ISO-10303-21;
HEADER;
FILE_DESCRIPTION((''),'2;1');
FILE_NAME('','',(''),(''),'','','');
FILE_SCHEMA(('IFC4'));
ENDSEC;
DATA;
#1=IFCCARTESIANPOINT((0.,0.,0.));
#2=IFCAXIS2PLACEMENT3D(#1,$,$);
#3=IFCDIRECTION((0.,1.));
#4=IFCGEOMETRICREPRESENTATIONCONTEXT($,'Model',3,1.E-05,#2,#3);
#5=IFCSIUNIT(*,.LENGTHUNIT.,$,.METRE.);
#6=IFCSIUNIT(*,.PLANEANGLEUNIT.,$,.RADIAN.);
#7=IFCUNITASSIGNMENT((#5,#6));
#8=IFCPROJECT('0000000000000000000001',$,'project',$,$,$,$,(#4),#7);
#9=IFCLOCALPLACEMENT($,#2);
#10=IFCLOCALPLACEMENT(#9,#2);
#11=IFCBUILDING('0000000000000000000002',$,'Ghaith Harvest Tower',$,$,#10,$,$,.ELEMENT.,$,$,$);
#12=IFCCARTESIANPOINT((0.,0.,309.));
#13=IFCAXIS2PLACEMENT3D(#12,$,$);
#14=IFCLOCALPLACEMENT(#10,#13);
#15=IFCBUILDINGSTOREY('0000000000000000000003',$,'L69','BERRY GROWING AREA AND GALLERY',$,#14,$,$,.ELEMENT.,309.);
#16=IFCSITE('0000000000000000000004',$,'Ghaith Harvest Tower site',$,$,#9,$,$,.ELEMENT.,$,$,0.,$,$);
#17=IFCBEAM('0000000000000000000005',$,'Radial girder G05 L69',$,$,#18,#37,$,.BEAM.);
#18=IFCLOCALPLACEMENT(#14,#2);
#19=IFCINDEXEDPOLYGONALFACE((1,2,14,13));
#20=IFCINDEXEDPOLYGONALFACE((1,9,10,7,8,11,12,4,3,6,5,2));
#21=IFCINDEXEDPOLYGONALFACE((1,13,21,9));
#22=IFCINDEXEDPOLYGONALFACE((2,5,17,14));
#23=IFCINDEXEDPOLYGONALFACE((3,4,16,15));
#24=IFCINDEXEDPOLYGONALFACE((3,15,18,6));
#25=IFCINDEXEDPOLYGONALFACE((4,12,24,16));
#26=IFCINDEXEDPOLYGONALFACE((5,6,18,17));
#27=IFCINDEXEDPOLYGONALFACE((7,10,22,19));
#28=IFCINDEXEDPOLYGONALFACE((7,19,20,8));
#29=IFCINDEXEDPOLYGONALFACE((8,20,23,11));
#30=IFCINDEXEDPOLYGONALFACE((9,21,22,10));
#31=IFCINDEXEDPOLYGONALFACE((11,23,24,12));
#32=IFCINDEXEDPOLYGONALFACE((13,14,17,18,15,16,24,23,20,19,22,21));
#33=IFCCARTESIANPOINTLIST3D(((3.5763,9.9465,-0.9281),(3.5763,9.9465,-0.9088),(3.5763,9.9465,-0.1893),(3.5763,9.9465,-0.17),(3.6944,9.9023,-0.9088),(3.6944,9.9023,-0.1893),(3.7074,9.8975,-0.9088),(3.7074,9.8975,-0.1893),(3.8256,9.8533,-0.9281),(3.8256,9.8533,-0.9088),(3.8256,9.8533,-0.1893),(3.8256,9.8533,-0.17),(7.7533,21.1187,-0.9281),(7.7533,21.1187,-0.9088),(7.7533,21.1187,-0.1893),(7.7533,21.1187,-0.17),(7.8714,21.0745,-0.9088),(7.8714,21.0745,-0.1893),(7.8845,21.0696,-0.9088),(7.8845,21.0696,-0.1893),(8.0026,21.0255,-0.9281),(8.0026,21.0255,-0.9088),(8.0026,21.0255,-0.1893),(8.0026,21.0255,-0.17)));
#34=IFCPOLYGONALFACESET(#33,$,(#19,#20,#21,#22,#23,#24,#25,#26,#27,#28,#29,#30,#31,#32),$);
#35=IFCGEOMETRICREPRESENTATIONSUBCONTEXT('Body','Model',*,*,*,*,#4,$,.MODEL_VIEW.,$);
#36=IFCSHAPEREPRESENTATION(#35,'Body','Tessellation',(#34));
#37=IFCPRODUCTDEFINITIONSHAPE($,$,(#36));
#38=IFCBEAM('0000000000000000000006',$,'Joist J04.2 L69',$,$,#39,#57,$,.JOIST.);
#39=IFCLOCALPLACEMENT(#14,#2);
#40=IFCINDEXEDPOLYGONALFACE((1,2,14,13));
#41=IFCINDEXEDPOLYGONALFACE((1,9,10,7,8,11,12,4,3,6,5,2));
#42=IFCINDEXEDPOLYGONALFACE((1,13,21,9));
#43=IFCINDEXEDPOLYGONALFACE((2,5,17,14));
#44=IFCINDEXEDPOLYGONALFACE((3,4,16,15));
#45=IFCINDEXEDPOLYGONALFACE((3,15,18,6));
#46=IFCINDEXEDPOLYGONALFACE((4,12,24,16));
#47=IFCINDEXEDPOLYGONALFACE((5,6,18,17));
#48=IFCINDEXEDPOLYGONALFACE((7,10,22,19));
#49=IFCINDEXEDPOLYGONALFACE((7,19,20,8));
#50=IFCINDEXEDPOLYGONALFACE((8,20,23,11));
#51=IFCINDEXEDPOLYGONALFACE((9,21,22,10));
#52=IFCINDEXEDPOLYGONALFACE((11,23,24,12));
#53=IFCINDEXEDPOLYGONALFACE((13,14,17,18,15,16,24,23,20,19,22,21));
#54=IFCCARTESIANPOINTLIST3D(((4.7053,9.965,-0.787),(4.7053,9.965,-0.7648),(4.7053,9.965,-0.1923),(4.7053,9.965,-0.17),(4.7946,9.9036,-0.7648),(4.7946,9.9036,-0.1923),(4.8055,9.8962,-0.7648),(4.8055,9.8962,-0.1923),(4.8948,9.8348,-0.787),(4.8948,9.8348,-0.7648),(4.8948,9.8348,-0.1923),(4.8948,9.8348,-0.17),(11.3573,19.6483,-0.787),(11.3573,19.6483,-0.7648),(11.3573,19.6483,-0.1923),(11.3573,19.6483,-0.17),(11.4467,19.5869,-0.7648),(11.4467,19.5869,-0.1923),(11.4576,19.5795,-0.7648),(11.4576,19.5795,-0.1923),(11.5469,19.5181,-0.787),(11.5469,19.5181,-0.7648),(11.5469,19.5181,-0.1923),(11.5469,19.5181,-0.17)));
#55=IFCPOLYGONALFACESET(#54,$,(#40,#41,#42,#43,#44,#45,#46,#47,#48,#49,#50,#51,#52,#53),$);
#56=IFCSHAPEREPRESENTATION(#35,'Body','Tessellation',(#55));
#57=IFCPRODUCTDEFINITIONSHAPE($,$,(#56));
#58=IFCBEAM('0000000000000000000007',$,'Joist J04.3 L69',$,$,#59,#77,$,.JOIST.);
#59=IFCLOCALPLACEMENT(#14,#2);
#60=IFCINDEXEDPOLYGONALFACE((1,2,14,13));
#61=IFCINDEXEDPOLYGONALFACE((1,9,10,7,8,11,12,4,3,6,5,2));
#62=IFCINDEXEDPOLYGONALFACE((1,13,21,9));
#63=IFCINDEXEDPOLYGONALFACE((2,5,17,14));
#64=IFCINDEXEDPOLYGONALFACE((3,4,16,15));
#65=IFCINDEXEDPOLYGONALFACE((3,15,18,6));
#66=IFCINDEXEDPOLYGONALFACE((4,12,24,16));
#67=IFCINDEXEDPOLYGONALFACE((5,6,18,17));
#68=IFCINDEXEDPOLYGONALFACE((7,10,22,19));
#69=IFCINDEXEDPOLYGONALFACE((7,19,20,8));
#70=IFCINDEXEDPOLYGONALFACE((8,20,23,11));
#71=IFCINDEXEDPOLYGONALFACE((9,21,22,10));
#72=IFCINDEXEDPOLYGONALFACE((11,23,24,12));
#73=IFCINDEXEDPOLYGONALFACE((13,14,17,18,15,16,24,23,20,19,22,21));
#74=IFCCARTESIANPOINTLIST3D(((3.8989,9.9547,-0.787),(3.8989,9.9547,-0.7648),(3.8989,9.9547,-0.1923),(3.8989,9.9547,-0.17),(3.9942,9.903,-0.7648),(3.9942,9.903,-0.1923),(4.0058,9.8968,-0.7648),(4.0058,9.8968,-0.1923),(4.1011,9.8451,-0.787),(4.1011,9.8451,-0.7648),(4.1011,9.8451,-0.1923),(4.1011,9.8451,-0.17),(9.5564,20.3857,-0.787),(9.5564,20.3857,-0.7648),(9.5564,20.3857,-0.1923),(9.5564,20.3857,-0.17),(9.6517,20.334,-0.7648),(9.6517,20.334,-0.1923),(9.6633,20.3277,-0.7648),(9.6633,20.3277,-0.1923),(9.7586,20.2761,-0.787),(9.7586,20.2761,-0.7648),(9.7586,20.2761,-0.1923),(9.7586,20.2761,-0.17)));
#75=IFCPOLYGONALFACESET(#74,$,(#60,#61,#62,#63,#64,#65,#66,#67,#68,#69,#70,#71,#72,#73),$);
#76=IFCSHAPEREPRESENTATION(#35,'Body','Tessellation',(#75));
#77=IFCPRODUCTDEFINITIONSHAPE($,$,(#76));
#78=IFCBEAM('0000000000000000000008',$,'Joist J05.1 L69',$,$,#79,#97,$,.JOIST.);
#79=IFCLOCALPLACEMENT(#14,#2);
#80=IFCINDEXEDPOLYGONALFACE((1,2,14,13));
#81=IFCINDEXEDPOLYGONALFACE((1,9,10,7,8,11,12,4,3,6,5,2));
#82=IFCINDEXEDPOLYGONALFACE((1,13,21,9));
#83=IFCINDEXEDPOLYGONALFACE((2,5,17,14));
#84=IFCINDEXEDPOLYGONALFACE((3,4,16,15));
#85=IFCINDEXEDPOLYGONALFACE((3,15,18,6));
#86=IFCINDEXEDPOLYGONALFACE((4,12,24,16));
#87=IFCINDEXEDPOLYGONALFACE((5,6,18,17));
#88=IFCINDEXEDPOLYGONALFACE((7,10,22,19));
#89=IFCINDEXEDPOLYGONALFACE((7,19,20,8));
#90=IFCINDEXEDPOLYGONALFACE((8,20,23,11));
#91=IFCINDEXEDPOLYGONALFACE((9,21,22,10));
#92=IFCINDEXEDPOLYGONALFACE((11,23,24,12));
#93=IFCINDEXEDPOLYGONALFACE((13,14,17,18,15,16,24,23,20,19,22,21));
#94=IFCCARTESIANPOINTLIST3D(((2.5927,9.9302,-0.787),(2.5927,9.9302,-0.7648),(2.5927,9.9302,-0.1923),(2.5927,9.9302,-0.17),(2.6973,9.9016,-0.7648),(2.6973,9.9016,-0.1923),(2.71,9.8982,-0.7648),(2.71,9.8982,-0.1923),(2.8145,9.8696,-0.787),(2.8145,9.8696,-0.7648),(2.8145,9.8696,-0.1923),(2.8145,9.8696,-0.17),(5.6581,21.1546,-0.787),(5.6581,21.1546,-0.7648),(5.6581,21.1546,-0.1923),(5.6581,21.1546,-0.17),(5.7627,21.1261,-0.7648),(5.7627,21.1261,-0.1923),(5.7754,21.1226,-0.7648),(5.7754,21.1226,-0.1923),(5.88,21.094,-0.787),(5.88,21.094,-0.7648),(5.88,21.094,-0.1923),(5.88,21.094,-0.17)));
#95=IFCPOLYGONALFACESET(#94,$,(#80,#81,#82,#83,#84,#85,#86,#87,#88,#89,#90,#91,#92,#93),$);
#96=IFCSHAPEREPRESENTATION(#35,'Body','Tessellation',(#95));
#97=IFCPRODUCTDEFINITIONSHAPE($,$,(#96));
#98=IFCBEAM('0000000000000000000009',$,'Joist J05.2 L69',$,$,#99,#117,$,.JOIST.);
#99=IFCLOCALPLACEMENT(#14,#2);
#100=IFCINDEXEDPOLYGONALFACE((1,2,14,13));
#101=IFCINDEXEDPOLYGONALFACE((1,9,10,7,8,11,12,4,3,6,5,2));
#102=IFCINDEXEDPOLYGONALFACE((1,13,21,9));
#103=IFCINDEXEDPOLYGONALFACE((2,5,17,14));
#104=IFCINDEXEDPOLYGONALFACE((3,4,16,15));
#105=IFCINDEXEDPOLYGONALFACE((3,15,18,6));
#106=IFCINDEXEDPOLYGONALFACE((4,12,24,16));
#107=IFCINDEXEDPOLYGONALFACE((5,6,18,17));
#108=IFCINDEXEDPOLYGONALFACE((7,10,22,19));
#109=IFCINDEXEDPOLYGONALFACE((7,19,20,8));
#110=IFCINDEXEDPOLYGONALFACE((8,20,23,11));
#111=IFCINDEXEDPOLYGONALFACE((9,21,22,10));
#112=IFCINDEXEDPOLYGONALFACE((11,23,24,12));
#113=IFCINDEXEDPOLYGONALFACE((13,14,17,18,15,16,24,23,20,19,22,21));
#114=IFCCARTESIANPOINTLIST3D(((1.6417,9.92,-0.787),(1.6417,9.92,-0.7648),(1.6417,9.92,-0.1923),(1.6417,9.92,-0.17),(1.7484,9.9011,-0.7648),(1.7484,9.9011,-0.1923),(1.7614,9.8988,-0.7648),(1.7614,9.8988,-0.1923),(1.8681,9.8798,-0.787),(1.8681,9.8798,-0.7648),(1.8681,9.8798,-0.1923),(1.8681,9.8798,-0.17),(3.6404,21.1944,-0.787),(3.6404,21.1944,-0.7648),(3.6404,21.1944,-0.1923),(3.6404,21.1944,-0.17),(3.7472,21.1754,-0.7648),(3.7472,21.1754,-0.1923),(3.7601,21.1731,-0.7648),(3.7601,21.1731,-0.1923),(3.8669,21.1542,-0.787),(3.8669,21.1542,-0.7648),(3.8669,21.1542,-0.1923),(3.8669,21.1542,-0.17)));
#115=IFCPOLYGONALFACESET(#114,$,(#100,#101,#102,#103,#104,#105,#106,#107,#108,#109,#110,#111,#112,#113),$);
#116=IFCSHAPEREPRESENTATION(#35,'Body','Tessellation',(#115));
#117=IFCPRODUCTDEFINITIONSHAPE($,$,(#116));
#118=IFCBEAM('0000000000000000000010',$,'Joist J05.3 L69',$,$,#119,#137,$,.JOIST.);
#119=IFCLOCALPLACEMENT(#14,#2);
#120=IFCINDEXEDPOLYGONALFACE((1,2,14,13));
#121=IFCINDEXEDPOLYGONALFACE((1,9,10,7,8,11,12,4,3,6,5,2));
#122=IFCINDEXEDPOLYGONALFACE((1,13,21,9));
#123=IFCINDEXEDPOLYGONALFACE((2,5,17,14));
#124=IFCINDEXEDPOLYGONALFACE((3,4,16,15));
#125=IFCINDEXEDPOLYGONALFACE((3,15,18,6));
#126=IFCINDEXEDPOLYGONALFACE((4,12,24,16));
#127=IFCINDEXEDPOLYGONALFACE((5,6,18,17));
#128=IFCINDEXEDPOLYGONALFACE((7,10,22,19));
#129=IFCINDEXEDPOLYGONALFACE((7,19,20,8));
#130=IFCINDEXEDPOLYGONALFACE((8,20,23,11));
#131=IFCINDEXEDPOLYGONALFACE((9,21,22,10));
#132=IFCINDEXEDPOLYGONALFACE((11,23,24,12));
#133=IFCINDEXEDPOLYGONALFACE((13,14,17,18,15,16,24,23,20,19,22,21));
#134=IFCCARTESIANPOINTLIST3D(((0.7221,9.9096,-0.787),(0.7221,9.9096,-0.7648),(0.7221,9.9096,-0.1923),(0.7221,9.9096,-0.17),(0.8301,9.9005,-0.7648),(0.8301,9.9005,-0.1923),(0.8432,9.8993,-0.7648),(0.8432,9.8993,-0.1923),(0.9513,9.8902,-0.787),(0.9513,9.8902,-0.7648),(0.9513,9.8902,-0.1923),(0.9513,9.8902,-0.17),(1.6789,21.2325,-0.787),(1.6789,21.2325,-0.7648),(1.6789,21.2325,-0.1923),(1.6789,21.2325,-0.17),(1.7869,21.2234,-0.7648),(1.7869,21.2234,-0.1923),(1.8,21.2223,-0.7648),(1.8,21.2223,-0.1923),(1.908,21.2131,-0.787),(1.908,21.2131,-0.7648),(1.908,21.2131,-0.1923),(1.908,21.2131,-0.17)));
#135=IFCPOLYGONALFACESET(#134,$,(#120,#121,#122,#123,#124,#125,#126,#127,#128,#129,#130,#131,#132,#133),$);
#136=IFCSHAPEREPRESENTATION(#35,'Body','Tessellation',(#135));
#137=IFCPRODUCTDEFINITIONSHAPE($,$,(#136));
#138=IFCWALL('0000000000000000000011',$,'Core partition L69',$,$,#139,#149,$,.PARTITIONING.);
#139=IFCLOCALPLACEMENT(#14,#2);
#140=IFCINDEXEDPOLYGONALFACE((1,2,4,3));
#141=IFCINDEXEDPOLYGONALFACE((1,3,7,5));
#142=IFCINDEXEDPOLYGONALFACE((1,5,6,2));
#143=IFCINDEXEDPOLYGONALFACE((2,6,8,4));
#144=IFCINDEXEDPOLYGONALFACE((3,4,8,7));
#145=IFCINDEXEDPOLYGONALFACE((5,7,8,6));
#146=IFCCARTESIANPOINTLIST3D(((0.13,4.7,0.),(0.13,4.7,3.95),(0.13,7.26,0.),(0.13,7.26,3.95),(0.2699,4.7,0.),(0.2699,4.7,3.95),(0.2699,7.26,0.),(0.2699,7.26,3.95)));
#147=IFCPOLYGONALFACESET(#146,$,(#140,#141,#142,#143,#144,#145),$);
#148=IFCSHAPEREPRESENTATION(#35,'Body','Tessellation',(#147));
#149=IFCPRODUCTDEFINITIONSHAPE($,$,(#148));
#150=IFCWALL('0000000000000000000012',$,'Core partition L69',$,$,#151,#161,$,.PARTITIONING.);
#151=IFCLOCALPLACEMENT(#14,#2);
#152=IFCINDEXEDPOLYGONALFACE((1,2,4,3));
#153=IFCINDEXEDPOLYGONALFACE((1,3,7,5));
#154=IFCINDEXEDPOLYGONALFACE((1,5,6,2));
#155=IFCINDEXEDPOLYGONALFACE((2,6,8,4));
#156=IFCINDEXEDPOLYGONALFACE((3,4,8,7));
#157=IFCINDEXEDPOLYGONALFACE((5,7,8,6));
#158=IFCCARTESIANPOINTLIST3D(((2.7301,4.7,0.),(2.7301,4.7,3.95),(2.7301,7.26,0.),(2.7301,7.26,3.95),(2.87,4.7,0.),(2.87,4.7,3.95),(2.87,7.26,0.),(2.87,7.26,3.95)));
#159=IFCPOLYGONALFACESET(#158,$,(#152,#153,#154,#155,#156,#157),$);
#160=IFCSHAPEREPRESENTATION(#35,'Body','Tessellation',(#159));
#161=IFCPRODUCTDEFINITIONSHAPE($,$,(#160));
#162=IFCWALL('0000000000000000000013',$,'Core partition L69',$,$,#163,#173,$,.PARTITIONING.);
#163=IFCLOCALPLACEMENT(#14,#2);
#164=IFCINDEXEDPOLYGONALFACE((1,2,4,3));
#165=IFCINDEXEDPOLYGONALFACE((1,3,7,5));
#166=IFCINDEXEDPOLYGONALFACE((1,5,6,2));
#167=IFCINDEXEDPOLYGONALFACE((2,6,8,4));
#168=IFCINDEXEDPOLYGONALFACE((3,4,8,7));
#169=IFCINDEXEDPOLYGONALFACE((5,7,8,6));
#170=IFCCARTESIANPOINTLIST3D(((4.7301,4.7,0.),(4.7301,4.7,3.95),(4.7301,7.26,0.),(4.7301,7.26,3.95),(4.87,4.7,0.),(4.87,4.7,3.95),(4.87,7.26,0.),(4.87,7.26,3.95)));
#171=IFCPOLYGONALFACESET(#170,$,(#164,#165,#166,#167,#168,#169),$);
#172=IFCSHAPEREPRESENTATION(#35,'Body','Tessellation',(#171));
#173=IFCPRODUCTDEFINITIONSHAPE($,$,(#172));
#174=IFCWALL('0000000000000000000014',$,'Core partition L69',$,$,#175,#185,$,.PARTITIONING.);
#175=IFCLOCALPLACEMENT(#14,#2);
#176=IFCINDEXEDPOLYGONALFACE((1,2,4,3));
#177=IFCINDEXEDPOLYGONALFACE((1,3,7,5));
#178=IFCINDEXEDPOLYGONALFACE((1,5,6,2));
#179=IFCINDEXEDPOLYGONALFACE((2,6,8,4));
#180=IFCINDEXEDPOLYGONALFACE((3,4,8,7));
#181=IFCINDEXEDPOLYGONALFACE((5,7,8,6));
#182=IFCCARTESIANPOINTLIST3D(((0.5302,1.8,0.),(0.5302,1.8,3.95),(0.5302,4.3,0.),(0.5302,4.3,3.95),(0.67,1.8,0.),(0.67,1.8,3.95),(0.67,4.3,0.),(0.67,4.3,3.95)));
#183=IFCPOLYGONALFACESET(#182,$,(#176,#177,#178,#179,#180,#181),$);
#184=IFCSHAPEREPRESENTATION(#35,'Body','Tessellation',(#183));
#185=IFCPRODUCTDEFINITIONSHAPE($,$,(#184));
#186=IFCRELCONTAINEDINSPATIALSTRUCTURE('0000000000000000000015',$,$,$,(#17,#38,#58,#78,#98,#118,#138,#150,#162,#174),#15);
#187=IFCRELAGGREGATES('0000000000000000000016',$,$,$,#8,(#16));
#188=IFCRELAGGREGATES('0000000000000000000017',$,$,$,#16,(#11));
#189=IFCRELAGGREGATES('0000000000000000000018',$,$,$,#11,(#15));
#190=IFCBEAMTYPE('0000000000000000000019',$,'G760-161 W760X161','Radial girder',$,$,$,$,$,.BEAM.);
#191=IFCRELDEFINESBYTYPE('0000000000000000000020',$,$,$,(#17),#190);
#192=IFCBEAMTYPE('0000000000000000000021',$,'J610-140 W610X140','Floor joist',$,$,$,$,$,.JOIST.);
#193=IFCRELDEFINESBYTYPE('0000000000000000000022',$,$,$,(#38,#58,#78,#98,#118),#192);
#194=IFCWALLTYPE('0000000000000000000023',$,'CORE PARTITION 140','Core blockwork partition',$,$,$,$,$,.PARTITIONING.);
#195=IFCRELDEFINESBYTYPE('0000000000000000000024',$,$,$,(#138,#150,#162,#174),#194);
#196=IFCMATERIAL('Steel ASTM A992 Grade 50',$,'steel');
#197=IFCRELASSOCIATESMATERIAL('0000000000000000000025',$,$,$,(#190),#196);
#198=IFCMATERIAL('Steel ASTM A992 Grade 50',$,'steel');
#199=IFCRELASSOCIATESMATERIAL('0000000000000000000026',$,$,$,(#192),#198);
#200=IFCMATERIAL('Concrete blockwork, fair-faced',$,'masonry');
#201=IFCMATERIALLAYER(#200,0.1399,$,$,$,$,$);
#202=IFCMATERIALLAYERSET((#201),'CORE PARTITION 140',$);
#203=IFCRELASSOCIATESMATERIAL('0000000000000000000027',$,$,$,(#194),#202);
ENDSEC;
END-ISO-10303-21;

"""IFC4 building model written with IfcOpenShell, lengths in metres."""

from ifc_helpers import new_model, si_unit, direction, frame, frame_2d, origin, origin_2d, place, context, subcontext, project, spatial, rectangle, i_section, extrude, material, layer, layer_set, material_profile, profile_set, type_object, element, save


model = new_model("IFC4")

# Units and contexts
model_context = context("Model", 3, precision=1e-05, world=origin(), true_north=direction((0.0, 1.0)))
body_context = subcontext(model_context, "Body", "Model", "MODEL_VIEW")
ifc_project = project(units=[si_unit("LENGTHUNIT", "METRE"), si_unit("PLANEANGLEUNIT", "RADIAN")], contexts=[model_context])

# Site, building, storey
site_placement = place(None, origin())
site = spatial("IfcSite", under=ifc_project, at=site_placement, Name="Ghaith Harvest Tower site", CompositionType="ELEMENT", RefElevation=0.0)
building_placement = place(site_placement, origin())
building = spatial("IfcBuilding", under=site, at=building_placement, Name="Ghaith Harvest Tower", CompositionType="ELEMENT")
storey_placement = place(building_placement, frame((0.0, 0.0, 309.0)))
storey = spatial("IfcBuildingStorey", under=building, at=storey_placement, Name="L69", Description="BERRY GROWING AREA AND GALLERY", CompositionType="ELEMENT", Elevation=309.0)

# Beams
ifc_material_1 = material(Name="Steel ASTM A992 Grade 50", Category="steel")
ifc_material_profile_1 = material_profile(ifc_material_1, i_section(OverallWidth=0.2661, OverallDepth=0.7581, WebThickness=0.0139, FlangeThickness=0.0193, at=origin_2d()), Name="W760X161")
ifc_profile_set_1 = profile_set([ifc_material_profile_1], Name="Steel ASTM A992 Grade 50")
beam_type_1 = type_object("IfcBeamType", Name="G760-161 W760X161", Description="Radial girder", PredefinedType="BEAM", material=ifc_profile_set_1)
beam_1_placement = place(storey_placement, frame((3.7009, 9.8999, -0.5491), z_axis=(0.350201, 0.936674, 0.0), x_axis=(-0.936674, 0.350201, 0.0)))
element("IfcBeam", 1, at=beam_1_placement, inside=storey, type_object=beam_type_1, Name="Radial girder G05 L69", PredefinedType="BEAM", context=body_context, shape_type="SweptSolid", body=[
    extrude(i_section(OverallWidth=0.2661, OverallDepth=0.7581, WebThickness=0.0139, FlangeThickness=0.0193, at=origin_2d()), origin(), (0.0, 0.0, 1.0), 11.9275),
])
ifc_material_2 = material(Name="Steel ASTM A992 Grade 50", Category="steel")
ifc_material_profile_2 = material_profile(ifc_material_2, i_section(OverallWidth=0.23, OverallDepth=0.6169, WebThickness=0.0132, FlangeThickness=0.0222, at=origin_2d()), Name="W610X140")
ifc_profile_set_2 = profile_set([ifc_material_profile_2], Name="Steel ASTM A992 Grade 50")
beam_type_2 = type_object("IfcBeamType", Name="J610-140 W610X140", Description="Floor joist", PredefinedType="JOIST", material=ifc_profile_set_2)
beam_2_placement = place(storey_placement, frame((4.8, 9.8999, -0.4785), z_axis=(0.566228, 0.824249, 0.0), x_axis=(-0.824249, 0.566228, 0.0)))
element("IfcBeam", 2, at=beam_2_placement, inside=storey, type_object=beam_type_2, Name="Joist J04.2 L69", PredefinedType="JOIST", context=body_context, shape_type="SweptSolid", body=[
    extrude(i_section(OverallWidth=0.23, OverallDepth=0.6169, WebThickness=0.0132, FlangeThickness=0.0222, at=origin_2d()), origin(), (0.0, 0.0, 1.0), 11.748),
])
beam_3_placement = place(storey_placement, frame((4.0, 9.8999, -0.4785), z_axis=(0.476765, 0.879031, 0.0), x_axis=(-0.879031, 0.476765, 0.0)))
element("IfcBeam", 3, at=beam_3_placement, inside=storey, type_object=beam_type_2, Name="Joist J04.3 L69", PredefinedType="JOIST", context=body_context, shape_type="SweptSolid", body=[
    extrude(i_section(OverallWidth=0.23, OverallDepth=0.6169, WebThickness=0.0132, FlangeThickness=0.0222, at=origin_2d()), origin(), (0.0, 0.0, 1.0), 11.8665),
])
beam_4_placement = place(storey_placement, frame((2.7036, 9.8999, -0.4785), z_axis=(0.263456, 0.964671, 0.0), x_axis=(-0.964671, 0.263456, 0.0)))
element("IfcBeam", 4, at=beam_4_placement, inside=storey, type_object=beam_type_2, Name="Joist J05.1 L69", PredefinedType="JOIST", context=body_context, shape_type="SweptSolid", body=[
    extrude(i_section(OverallWidth=0.23, OverallDepth=0.6169, WebThickness=0.0132, FlangeThickness=0.0222, at=origin_2d()), origin(), (0.0, 0.0, 1.0), 11.6355),
])
beam_5_placement = place(storey_placement, frame((1.7549, 9.8999, -0.4785), z_axis=(0.174563, 0.984646, 0.0), x_axis=(-0.984646, 0.174563, 0.0)))
element("IfcBeam", 5, at=beam_5_placement, inside=storey, type_object=beam_type_2, Name="Joist J05.2 L69", PredefinedType="JOIST", context=body_context, shape_type="SweptSolid", body=[
    extrude(i_section(OverallWidth=0.23, OverallDepth=0.6169, WebThickness=0.0132, FlangeThickness=0.0222, at=origin_2d()), origin(), (0.0, 0.0, 1.0), 11.4502),
])
beam_6_placement = place(storey_placement, frame((0.8367, 9.8999, -0.4785), z_axis=(0.084199, 0.996449, 0.0), x_axis=(-0.996449, 0.084199, 0.0)))
element("IfcBeam", 6, at=beam_6_placement, inside=storey, type_object=beam_type_2, Name="Joist J05.3 L69", PredefinedType="JOIST", context=body_context, shape_type="SweptSolid", body=[
    extrude(i_section(OverallWidth=0.23, OverallDepth=0.6169, WebThickness=0.0132, FlangeThickness=0.0222, at=origin_2d()), origin(), (0.0, 0.0, 1.0), 11.3633),
])

# Walls
ifc_material_3 = material(Name="Concrete blockwork, fair-faced", Category="masonry")
ifc_layer_1 = layer(ifc_material_3, 0.1399)
ifc_layer_set_1 = layer_set([ifc_layer_1], Name="CORE PARTITION 140")
wall_type_1 = type_object("IfcWallType", Name="CORE PARTITION 140", Description="Core blockwork partition", PredefinedType="PARTITIONING", material=ifc_layer_set_1)
for number, where, z_axis, x_axis, name in (
    (7, (0.2, 4.7, 0.0), (0.0, 0.0, 1.0), (0.0, 1.0, 0.0), "Core partition L69"),
    (8, (2.8, 4.7, 0.0), (0.0, 0.0, 1.0), (0.0, 1.0, 0.0), "Core partition L69"),
    (9, (4.8, 4.7, 0.0), (0.0, 0.0, 1.0), (0.0, 1.0, 0.0), "Core partition L69"),
):
    element("IfcWall", number, at=place(storey_placement, frame(where, z_axis=z_axis, x_axis=x_axis)), inside=storey, type_object=wall_type_1, Name=name, PredefinedType="PARTITIONING", context=body_context, shape_type="SweptSolid", body=[
        extrude(rectangle(XDim=2.5601, YDim=0.1399, at=frame_2d((1.28, 0.0))), origin(), (0.0, 0.0, 1.0), 3.95),
    ])
wall_1_placement = place(storey_placement, frame((0.6001, 1.8, 0.0), z_axis=(0.0, 0.0, 1.0), x_axis=(0.0, 1.0, 0.0)))
element("IfcWall", 10, at=wall_1_placement, inside=storey, type_object=wall_type_1, Name="Core partition L69", PredefinedType="PARTITIONING", context=body_context, shape_type="SweptSolid", body=[
    extrude(rectangle(XDim=2.5, YDim=0.1399, at=frame_2d((1.25, 0.0))), origin(), (0.0, 0.0, 1.0), 3.95),
])

save(model, "model.ifc")
